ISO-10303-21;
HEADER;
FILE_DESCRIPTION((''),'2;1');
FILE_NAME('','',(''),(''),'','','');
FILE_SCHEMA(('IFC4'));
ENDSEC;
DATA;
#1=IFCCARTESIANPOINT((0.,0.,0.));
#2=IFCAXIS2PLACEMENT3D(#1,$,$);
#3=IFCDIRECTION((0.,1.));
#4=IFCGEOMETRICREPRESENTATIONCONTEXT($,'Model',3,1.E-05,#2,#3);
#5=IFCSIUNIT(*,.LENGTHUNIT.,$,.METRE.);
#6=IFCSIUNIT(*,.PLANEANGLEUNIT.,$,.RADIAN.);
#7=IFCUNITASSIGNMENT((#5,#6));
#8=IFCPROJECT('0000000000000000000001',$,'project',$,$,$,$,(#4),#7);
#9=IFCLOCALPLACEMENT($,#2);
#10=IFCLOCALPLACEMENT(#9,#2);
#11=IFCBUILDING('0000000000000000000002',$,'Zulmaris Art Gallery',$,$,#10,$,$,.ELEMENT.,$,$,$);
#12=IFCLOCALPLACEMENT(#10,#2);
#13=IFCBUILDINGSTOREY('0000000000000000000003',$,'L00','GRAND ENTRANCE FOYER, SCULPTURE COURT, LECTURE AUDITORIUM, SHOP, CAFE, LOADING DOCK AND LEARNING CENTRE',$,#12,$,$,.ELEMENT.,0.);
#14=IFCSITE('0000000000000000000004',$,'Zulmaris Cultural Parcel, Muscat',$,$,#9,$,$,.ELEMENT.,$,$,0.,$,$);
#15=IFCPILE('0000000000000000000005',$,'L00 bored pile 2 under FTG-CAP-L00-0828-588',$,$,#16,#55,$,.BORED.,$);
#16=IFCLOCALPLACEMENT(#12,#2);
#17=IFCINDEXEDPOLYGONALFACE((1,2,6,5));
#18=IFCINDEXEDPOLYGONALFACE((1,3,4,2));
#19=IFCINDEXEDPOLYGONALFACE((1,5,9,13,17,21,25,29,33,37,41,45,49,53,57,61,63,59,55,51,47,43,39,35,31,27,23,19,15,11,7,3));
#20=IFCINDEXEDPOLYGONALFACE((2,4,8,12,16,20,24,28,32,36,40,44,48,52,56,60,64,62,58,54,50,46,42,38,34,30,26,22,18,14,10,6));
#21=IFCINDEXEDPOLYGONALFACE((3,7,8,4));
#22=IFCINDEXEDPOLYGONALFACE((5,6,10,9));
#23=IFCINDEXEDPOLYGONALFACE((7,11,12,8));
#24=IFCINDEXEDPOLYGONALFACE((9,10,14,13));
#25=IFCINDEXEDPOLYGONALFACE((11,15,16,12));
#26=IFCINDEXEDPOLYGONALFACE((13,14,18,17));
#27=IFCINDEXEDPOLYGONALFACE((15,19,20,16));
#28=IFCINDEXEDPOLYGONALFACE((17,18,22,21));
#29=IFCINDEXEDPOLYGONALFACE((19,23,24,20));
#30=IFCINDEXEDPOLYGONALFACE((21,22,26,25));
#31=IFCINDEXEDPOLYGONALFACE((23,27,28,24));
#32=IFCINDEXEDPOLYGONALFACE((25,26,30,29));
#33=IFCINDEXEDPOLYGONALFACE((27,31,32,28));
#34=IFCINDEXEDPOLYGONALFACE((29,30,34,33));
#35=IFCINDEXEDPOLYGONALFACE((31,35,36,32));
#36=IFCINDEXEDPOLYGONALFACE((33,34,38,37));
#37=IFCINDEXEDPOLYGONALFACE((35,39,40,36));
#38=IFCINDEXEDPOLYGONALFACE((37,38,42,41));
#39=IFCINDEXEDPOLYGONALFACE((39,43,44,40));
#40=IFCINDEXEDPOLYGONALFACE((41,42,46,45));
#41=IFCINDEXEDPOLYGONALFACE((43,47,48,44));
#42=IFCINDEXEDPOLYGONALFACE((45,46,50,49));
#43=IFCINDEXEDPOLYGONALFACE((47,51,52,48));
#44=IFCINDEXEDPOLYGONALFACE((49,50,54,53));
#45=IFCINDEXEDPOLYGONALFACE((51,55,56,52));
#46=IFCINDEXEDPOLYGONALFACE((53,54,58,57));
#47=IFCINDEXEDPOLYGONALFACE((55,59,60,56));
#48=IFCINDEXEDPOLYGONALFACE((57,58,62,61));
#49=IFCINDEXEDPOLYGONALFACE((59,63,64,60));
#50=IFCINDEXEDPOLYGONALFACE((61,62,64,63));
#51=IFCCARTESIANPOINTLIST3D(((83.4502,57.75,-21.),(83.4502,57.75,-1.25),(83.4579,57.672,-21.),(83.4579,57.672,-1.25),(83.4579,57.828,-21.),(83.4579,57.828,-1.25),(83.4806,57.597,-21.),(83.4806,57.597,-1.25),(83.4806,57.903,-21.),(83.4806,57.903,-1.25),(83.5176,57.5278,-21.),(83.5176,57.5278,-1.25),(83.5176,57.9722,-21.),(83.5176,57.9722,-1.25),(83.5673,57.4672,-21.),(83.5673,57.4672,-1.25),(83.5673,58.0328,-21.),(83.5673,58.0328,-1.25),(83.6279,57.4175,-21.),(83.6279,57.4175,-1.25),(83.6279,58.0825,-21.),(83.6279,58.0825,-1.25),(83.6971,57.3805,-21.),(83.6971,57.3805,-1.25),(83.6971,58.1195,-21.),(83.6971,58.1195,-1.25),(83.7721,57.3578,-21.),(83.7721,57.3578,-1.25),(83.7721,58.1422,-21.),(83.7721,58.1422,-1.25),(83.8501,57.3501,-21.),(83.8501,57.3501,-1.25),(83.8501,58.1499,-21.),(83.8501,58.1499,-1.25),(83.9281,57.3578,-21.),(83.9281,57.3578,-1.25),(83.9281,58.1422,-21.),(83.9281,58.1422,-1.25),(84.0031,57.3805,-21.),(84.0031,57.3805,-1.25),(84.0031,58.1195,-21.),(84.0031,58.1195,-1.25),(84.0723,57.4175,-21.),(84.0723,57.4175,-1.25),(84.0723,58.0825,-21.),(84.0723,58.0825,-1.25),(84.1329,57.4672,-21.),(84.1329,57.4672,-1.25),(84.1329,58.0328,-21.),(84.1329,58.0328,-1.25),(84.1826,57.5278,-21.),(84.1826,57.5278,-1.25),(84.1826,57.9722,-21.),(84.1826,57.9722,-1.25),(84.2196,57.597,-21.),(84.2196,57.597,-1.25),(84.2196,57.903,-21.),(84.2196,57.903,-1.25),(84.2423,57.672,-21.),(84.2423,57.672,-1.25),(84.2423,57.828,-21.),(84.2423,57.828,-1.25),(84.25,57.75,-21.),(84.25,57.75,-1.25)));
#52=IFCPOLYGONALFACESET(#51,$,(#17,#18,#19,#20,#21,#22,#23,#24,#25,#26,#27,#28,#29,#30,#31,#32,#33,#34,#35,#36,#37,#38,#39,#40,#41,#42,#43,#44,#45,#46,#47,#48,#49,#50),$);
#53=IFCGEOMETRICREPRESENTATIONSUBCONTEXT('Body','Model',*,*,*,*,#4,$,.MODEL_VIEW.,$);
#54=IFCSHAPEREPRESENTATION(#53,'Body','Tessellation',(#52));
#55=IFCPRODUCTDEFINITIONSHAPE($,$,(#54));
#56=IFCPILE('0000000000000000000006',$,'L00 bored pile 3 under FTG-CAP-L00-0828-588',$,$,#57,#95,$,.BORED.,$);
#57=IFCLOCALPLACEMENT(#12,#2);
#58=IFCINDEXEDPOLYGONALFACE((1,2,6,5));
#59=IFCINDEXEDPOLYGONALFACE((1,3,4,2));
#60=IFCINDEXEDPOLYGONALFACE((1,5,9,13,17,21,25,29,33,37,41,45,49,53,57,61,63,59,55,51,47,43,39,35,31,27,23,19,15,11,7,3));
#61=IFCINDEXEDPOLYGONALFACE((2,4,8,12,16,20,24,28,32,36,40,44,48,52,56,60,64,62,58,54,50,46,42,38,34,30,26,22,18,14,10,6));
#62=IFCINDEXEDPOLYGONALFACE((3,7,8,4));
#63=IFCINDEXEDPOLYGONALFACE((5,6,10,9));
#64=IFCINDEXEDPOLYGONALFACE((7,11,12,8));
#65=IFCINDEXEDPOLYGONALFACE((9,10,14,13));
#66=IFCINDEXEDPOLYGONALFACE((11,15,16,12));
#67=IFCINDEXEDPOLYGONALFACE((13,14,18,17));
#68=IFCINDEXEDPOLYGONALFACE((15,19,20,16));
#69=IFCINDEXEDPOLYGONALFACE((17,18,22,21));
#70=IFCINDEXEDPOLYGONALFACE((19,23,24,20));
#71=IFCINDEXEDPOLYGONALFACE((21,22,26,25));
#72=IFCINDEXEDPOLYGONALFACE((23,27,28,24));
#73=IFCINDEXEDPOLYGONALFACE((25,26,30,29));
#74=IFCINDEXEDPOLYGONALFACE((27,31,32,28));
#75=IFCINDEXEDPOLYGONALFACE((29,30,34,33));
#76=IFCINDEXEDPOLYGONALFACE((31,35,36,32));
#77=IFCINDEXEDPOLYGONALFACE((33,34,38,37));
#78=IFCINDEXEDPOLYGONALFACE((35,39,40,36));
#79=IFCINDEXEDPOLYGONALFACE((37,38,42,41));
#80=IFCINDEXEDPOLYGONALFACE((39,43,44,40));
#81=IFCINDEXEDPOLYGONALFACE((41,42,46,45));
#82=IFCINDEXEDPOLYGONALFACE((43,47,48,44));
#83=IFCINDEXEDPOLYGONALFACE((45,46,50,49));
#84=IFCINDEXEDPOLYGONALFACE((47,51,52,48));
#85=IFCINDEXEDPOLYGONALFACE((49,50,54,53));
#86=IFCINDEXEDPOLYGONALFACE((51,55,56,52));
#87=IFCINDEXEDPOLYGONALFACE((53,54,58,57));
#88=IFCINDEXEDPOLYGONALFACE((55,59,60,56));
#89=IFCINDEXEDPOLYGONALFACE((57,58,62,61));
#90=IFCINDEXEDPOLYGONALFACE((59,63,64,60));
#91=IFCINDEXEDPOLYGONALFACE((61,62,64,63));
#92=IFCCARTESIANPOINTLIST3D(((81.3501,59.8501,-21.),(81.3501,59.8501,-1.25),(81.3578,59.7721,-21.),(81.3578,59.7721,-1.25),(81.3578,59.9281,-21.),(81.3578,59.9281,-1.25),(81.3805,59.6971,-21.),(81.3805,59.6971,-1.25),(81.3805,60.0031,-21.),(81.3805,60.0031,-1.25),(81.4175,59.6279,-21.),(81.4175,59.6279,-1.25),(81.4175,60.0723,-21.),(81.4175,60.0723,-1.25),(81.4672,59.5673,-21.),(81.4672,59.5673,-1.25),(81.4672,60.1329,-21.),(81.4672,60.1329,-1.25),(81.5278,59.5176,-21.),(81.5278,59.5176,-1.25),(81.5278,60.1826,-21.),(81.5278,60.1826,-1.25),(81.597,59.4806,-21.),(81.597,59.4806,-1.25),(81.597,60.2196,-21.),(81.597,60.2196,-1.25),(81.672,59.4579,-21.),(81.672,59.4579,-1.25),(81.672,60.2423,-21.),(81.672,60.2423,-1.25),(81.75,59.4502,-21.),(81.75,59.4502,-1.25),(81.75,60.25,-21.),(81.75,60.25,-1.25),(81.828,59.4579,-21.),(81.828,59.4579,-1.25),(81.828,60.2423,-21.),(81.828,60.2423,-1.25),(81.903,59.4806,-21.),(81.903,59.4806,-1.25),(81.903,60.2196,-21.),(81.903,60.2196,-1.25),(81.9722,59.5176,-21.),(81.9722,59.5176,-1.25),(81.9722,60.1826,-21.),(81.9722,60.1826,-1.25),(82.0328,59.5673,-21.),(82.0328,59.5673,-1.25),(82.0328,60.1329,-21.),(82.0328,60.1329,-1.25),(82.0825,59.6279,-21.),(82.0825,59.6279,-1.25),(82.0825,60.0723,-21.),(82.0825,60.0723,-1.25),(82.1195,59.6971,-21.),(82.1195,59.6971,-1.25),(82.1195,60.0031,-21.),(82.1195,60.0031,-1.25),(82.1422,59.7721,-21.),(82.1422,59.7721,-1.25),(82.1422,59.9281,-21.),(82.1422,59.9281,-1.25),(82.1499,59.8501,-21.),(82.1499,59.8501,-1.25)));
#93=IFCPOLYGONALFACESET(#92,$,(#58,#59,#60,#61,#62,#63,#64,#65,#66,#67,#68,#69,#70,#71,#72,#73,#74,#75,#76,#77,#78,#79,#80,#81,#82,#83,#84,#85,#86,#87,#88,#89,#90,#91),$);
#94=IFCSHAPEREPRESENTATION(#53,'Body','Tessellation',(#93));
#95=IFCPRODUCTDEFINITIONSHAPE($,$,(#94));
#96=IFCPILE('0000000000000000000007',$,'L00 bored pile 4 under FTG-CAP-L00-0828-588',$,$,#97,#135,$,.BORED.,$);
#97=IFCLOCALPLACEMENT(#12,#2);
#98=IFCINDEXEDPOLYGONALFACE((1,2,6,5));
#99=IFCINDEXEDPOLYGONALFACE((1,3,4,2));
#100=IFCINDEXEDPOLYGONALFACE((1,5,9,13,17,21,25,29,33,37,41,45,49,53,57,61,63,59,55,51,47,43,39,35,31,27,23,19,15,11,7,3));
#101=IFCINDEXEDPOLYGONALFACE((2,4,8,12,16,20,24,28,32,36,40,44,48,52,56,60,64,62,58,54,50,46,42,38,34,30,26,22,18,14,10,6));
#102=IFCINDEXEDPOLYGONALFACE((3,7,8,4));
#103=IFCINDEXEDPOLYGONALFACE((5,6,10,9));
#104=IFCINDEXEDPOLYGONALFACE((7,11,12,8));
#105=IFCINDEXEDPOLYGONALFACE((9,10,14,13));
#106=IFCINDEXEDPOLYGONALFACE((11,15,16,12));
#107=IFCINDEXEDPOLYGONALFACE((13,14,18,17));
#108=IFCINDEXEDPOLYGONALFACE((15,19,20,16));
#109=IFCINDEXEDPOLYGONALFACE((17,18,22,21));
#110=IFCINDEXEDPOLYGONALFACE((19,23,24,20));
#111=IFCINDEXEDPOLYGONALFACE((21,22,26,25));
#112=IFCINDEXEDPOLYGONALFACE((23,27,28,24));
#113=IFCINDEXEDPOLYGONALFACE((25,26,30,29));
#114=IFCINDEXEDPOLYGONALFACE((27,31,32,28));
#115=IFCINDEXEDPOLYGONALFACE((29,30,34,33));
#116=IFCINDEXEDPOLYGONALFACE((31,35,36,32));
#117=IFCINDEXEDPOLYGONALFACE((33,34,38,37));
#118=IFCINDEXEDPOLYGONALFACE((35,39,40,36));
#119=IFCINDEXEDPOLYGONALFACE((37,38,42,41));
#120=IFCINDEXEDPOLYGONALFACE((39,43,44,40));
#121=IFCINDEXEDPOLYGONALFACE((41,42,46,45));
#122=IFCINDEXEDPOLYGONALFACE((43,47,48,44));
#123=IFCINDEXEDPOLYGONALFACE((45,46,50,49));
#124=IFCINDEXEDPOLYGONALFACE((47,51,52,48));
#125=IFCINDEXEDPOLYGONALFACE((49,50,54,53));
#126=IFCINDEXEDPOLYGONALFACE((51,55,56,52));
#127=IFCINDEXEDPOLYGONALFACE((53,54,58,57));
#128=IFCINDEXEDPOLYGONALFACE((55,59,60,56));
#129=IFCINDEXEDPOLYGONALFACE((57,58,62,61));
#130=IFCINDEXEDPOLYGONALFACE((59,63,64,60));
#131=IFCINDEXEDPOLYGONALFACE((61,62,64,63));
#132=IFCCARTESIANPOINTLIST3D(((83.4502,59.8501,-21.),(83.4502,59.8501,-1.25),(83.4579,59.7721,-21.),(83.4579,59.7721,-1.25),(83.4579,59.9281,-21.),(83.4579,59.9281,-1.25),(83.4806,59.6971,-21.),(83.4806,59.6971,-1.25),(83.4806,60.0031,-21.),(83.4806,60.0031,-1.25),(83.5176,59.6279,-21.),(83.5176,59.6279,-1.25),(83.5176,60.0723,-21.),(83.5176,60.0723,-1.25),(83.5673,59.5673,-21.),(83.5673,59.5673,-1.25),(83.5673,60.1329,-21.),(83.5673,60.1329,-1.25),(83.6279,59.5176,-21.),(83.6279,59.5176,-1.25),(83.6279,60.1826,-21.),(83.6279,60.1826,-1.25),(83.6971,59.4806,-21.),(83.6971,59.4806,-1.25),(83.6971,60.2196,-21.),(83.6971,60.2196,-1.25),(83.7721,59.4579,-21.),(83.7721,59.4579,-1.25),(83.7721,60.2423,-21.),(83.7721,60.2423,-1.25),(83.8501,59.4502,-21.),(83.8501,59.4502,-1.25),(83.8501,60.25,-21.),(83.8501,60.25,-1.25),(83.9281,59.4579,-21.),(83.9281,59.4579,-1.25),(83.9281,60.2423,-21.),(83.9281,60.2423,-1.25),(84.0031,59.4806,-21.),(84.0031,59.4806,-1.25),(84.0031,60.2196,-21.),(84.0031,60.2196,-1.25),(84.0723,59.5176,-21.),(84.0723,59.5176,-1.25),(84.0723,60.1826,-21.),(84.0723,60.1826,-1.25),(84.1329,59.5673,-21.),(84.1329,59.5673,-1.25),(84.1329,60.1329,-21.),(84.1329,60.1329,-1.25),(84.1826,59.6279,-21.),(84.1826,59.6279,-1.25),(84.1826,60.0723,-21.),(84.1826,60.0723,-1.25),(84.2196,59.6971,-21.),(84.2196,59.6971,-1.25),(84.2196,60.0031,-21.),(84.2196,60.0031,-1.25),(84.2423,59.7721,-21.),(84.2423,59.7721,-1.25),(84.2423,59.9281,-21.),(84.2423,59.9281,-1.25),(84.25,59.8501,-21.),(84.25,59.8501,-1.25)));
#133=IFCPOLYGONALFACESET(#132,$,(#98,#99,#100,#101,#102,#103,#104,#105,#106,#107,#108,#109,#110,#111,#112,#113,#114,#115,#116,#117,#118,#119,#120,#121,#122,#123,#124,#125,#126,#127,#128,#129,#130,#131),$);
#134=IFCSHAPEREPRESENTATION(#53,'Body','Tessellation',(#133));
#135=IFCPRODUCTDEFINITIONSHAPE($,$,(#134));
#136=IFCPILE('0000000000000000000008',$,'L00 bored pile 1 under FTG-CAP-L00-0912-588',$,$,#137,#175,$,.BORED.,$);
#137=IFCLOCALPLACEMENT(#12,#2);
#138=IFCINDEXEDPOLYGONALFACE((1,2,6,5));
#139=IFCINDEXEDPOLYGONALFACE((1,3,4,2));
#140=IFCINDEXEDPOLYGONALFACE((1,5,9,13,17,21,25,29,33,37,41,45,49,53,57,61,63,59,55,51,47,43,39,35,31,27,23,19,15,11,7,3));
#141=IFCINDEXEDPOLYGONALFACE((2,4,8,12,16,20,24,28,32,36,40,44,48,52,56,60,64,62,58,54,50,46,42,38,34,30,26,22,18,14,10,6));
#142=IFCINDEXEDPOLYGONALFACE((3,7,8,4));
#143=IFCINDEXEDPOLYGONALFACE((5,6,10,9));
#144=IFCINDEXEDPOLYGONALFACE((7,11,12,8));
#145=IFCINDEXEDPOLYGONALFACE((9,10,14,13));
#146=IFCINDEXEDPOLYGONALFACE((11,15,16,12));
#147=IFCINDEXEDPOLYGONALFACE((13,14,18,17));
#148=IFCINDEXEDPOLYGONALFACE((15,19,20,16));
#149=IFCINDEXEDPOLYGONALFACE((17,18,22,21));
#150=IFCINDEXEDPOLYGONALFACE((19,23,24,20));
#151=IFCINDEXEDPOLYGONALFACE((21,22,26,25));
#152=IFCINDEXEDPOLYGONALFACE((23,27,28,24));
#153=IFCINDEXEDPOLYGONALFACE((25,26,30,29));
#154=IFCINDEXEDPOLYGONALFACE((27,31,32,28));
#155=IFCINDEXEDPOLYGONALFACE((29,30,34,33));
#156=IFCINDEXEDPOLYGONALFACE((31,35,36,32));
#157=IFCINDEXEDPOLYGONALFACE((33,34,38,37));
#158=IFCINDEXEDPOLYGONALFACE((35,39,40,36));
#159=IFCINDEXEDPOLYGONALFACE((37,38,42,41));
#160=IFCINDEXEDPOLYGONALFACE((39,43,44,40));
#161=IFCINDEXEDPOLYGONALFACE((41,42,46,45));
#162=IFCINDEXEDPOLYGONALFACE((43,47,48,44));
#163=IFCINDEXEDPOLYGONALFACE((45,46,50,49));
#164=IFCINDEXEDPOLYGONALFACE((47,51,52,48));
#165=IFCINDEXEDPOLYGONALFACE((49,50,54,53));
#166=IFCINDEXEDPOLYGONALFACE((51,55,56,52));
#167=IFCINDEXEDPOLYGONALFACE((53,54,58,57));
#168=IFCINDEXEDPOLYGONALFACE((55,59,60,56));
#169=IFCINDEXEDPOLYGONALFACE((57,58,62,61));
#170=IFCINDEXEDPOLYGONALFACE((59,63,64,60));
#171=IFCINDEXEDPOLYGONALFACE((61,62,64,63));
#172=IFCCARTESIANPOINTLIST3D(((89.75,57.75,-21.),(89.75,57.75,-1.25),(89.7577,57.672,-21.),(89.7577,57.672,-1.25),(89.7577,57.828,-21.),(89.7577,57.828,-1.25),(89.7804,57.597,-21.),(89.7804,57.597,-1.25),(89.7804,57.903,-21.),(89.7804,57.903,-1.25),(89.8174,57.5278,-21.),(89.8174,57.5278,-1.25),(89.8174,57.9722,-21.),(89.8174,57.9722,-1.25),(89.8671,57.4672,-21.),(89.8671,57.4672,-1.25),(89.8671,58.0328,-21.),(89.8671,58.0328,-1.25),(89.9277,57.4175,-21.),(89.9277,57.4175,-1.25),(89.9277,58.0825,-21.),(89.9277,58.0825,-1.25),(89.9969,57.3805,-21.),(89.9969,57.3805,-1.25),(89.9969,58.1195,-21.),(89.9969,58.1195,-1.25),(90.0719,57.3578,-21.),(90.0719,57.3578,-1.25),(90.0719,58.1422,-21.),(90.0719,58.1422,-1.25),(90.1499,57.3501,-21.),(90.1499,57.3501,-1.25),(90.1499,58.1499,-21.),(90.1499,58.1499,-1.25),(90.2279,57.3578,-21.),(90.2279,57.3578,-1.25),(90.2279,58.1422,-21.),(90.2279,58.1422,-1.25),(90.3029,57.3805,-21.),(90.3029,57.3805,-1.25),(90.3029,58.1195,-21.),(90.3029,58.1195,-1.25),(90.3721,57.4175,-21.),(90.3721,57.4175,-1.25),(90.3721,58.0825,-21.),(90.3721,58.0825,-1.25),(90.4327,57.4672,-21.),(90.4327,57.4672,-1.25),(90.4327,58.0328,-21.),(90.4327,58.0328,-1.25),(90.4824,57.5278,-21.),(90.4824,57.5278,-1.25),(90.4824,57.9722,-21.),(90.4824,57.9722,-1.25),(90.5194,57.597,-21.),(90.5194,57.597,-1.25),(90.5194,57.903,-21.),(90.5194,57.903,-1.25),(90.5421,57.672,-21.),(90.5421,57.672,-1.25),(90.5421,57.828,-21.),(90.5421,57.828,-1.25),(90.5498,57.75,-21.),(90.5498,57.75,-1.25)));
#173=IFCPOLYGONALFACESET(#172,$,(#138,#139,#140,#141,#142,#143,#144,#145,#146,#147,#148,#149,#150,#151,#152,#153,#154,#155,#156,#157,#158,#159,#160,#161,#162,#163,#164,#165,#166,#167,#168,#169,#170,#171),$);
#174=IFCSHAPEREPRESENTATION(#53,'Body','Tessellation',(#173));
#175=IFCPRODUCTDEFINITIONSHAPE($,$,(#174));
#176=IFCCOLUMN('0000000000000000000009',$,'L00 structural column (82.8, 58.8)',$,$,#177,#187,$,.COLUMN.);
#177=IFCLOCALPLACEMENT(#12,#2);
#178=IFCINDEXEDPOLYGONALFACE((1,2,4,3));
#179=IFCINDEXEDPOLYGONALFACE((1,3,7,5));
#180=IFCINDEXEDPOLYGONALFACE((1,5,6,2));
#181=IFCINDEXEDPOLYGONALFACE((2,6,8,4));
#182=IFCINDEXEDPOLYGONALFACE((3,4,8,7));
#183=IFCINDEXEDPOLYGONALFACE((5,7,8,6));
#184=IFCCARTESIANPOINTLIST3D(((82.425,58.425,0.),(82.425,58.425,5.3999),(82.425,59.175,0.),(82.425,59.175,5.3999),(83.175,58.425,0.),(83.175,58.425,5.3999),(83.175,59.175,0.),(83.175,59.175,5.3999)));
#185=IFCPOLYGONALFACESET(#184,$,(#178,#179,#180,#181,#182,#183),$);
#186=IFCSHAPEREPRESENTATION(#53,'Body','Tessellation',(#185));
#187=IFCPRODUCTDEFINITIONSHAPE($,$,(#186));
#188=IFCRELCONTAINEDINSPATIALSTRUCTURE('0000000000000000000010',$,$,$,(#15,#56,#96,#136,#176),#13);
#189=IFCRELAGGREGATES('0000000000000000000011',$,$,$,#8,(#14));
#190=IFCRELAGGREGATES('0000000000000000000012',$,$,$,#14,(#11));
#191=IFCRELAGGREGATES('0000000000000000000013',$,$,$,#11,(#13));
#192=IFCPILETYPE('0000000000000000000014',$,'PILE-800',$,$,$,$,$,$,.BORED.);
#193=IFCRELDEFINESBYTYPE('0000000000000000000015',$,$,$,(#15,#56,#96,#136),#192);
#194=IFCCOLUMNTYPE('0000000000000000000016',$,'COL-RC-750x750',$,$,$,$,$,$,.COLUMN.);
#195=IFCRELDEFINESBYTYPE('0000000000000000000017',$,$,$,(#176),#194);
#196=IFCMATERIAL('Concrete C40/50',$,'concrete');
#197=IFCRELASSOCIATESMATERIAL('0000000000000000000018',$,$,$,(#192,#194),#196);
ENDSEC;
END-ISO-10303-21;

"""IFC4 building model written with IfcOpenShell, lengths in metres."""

from ifc_helpers import new_model, si_unit, direction, frame, origin, origin_2d, place, context, subcontext, project, spatial, rectangle, circle, extrude, material, material_profile, profile_set, type_object, element, save


model = new_model("IFC4")

# Units and contexts
model_context = context("Model", 3, precision=1e-05, world=origin(), true_north=direction((0.0, 1.0)))
body_context = subcontext(model_context, "Body", "Model", "MODEL_VIEW")
ifc_project = project(units=[si_unit("LENGTHUNIT", "METRE"), si_unit("PLANEANGLEUNIT", "RADIAN")], contexts=[model_context])

# Site, building, storey
site_placement = place(None, origin())
site = spatial("IfcSite", under=ifc_project, at=site_placement, Name="Zulmaris Cultural Parcel, Muscat", CompositionType="ELEMENT", RefElevation=0.0)
building_placement = place(site_placement, origin())
building = spatial("IfcBuilding", under=site, at=building_placement, Name="Zulmaris Art Gallery", CompositionType="ELEMENT")
storey_placement = place(building_placement, origin())
storey = spatial("IfcBuildingStorey", under=building, at=storey_placement, Name="L00", Description="GRAND ENTRANCE FOYER, SCULPTURE COURT, LECTURE AUDITORIUM, SHOP, CAFE, LOADING DOCK AND LEARNING CENTRE", CompositionType="ELEMENT", Elevation=0.0)

# Piles
ifc_material_1 = material(Name="Concrete C40/50", Category="concrete")
ifc_material_profile_1 = material_profile(ifc_material_1, circle(Radius=0.3999, at=origin_2d()), Name="PILE DIA 800")
ifc_profile_set_1 = profile_set([ifc_material_profile_1], Name="Concrete C40/50")
pile_type = type_object("IfcPileType", Name="PILE-800", PredefinedType="BORED", material=ifc_profile_set_1)
for number, where, z_axis, x_axis, name in (
    (1, (83.8501, 57.75, -1.25), (0.0, 0.0, -1.0), (1.0, 0.0, 0.0), "L00 bored pile 2 under FTG-CAP-L00-0828-588"),
    (2, (81.75, 59.8501, -1.25), (0.0, 0.0, -1.0), (1.0, 0.0, 0.0), "L00 bored pile 3 under FTG-CAP-L00-0828-588"),
    (3, (83.8501, 59.8501, -1.25), (0.0, 0.0, -1.0), (1.0, 0.0, 0.0), "L00 bored pile 4 under FTG-CAP-L00-0828-588"),
    (4, (90.1499, 57.75, -1.25), (0.0, 0.0, -1.0), (1.0, 0.0, 0.0), "L00 bored pile 1 under FTG-CAP-L00-0912-588"),
):
    element("IfcPile", number, at=place(storey_placement, frame(where, z_axis=z_axis, x_axis=x_axis)), inside=storey, type_object=pile_type, Name=name, PredefinedType="BORED", context=body_context, shape_type="SweptSolid", body=[
        extrude(circle(Radius=0.3999, at=origin_2d()), origin(), (0.0, 0.0, 1.0), 19.75),
    ])

# Column
ifc_material_profile_2 = material_profile(ifc_material_1, rectangle(XDim=0.75, YDim=0.75, at=origin_2d()), Name="RC 750x750")
ifc_profile_set_2 = profile_set([ifc_material_profile_2], Name="Concrete C40/50")
column_type = type_object("IfcColumnType", Name="COL-RC-750x750", PredefinedType="COLUMN", material=ifc_profile_set_2)
column_placement = place(storey_placement, frame((82.8, 58.8, 0.0), z_axis=(0.0, 0.0, 1.0), x_axis=(1.0, 0.0, 0.0)))
element("IfcColumn", 5, at=column_placement, inside=storey, type_object=column_type, Name="L00 structural column (82.8, 58.8)", PredefinedType="COLUMN", context=body_context, shape_type="SweptSolid", body=[
    extrude(rectangle(XDim=0.75, YDim=0.75, at=origin_2d()), origin(), (0.0, 0.0, 1.0), 5.3999),
])

save(model, "model.ifc")
